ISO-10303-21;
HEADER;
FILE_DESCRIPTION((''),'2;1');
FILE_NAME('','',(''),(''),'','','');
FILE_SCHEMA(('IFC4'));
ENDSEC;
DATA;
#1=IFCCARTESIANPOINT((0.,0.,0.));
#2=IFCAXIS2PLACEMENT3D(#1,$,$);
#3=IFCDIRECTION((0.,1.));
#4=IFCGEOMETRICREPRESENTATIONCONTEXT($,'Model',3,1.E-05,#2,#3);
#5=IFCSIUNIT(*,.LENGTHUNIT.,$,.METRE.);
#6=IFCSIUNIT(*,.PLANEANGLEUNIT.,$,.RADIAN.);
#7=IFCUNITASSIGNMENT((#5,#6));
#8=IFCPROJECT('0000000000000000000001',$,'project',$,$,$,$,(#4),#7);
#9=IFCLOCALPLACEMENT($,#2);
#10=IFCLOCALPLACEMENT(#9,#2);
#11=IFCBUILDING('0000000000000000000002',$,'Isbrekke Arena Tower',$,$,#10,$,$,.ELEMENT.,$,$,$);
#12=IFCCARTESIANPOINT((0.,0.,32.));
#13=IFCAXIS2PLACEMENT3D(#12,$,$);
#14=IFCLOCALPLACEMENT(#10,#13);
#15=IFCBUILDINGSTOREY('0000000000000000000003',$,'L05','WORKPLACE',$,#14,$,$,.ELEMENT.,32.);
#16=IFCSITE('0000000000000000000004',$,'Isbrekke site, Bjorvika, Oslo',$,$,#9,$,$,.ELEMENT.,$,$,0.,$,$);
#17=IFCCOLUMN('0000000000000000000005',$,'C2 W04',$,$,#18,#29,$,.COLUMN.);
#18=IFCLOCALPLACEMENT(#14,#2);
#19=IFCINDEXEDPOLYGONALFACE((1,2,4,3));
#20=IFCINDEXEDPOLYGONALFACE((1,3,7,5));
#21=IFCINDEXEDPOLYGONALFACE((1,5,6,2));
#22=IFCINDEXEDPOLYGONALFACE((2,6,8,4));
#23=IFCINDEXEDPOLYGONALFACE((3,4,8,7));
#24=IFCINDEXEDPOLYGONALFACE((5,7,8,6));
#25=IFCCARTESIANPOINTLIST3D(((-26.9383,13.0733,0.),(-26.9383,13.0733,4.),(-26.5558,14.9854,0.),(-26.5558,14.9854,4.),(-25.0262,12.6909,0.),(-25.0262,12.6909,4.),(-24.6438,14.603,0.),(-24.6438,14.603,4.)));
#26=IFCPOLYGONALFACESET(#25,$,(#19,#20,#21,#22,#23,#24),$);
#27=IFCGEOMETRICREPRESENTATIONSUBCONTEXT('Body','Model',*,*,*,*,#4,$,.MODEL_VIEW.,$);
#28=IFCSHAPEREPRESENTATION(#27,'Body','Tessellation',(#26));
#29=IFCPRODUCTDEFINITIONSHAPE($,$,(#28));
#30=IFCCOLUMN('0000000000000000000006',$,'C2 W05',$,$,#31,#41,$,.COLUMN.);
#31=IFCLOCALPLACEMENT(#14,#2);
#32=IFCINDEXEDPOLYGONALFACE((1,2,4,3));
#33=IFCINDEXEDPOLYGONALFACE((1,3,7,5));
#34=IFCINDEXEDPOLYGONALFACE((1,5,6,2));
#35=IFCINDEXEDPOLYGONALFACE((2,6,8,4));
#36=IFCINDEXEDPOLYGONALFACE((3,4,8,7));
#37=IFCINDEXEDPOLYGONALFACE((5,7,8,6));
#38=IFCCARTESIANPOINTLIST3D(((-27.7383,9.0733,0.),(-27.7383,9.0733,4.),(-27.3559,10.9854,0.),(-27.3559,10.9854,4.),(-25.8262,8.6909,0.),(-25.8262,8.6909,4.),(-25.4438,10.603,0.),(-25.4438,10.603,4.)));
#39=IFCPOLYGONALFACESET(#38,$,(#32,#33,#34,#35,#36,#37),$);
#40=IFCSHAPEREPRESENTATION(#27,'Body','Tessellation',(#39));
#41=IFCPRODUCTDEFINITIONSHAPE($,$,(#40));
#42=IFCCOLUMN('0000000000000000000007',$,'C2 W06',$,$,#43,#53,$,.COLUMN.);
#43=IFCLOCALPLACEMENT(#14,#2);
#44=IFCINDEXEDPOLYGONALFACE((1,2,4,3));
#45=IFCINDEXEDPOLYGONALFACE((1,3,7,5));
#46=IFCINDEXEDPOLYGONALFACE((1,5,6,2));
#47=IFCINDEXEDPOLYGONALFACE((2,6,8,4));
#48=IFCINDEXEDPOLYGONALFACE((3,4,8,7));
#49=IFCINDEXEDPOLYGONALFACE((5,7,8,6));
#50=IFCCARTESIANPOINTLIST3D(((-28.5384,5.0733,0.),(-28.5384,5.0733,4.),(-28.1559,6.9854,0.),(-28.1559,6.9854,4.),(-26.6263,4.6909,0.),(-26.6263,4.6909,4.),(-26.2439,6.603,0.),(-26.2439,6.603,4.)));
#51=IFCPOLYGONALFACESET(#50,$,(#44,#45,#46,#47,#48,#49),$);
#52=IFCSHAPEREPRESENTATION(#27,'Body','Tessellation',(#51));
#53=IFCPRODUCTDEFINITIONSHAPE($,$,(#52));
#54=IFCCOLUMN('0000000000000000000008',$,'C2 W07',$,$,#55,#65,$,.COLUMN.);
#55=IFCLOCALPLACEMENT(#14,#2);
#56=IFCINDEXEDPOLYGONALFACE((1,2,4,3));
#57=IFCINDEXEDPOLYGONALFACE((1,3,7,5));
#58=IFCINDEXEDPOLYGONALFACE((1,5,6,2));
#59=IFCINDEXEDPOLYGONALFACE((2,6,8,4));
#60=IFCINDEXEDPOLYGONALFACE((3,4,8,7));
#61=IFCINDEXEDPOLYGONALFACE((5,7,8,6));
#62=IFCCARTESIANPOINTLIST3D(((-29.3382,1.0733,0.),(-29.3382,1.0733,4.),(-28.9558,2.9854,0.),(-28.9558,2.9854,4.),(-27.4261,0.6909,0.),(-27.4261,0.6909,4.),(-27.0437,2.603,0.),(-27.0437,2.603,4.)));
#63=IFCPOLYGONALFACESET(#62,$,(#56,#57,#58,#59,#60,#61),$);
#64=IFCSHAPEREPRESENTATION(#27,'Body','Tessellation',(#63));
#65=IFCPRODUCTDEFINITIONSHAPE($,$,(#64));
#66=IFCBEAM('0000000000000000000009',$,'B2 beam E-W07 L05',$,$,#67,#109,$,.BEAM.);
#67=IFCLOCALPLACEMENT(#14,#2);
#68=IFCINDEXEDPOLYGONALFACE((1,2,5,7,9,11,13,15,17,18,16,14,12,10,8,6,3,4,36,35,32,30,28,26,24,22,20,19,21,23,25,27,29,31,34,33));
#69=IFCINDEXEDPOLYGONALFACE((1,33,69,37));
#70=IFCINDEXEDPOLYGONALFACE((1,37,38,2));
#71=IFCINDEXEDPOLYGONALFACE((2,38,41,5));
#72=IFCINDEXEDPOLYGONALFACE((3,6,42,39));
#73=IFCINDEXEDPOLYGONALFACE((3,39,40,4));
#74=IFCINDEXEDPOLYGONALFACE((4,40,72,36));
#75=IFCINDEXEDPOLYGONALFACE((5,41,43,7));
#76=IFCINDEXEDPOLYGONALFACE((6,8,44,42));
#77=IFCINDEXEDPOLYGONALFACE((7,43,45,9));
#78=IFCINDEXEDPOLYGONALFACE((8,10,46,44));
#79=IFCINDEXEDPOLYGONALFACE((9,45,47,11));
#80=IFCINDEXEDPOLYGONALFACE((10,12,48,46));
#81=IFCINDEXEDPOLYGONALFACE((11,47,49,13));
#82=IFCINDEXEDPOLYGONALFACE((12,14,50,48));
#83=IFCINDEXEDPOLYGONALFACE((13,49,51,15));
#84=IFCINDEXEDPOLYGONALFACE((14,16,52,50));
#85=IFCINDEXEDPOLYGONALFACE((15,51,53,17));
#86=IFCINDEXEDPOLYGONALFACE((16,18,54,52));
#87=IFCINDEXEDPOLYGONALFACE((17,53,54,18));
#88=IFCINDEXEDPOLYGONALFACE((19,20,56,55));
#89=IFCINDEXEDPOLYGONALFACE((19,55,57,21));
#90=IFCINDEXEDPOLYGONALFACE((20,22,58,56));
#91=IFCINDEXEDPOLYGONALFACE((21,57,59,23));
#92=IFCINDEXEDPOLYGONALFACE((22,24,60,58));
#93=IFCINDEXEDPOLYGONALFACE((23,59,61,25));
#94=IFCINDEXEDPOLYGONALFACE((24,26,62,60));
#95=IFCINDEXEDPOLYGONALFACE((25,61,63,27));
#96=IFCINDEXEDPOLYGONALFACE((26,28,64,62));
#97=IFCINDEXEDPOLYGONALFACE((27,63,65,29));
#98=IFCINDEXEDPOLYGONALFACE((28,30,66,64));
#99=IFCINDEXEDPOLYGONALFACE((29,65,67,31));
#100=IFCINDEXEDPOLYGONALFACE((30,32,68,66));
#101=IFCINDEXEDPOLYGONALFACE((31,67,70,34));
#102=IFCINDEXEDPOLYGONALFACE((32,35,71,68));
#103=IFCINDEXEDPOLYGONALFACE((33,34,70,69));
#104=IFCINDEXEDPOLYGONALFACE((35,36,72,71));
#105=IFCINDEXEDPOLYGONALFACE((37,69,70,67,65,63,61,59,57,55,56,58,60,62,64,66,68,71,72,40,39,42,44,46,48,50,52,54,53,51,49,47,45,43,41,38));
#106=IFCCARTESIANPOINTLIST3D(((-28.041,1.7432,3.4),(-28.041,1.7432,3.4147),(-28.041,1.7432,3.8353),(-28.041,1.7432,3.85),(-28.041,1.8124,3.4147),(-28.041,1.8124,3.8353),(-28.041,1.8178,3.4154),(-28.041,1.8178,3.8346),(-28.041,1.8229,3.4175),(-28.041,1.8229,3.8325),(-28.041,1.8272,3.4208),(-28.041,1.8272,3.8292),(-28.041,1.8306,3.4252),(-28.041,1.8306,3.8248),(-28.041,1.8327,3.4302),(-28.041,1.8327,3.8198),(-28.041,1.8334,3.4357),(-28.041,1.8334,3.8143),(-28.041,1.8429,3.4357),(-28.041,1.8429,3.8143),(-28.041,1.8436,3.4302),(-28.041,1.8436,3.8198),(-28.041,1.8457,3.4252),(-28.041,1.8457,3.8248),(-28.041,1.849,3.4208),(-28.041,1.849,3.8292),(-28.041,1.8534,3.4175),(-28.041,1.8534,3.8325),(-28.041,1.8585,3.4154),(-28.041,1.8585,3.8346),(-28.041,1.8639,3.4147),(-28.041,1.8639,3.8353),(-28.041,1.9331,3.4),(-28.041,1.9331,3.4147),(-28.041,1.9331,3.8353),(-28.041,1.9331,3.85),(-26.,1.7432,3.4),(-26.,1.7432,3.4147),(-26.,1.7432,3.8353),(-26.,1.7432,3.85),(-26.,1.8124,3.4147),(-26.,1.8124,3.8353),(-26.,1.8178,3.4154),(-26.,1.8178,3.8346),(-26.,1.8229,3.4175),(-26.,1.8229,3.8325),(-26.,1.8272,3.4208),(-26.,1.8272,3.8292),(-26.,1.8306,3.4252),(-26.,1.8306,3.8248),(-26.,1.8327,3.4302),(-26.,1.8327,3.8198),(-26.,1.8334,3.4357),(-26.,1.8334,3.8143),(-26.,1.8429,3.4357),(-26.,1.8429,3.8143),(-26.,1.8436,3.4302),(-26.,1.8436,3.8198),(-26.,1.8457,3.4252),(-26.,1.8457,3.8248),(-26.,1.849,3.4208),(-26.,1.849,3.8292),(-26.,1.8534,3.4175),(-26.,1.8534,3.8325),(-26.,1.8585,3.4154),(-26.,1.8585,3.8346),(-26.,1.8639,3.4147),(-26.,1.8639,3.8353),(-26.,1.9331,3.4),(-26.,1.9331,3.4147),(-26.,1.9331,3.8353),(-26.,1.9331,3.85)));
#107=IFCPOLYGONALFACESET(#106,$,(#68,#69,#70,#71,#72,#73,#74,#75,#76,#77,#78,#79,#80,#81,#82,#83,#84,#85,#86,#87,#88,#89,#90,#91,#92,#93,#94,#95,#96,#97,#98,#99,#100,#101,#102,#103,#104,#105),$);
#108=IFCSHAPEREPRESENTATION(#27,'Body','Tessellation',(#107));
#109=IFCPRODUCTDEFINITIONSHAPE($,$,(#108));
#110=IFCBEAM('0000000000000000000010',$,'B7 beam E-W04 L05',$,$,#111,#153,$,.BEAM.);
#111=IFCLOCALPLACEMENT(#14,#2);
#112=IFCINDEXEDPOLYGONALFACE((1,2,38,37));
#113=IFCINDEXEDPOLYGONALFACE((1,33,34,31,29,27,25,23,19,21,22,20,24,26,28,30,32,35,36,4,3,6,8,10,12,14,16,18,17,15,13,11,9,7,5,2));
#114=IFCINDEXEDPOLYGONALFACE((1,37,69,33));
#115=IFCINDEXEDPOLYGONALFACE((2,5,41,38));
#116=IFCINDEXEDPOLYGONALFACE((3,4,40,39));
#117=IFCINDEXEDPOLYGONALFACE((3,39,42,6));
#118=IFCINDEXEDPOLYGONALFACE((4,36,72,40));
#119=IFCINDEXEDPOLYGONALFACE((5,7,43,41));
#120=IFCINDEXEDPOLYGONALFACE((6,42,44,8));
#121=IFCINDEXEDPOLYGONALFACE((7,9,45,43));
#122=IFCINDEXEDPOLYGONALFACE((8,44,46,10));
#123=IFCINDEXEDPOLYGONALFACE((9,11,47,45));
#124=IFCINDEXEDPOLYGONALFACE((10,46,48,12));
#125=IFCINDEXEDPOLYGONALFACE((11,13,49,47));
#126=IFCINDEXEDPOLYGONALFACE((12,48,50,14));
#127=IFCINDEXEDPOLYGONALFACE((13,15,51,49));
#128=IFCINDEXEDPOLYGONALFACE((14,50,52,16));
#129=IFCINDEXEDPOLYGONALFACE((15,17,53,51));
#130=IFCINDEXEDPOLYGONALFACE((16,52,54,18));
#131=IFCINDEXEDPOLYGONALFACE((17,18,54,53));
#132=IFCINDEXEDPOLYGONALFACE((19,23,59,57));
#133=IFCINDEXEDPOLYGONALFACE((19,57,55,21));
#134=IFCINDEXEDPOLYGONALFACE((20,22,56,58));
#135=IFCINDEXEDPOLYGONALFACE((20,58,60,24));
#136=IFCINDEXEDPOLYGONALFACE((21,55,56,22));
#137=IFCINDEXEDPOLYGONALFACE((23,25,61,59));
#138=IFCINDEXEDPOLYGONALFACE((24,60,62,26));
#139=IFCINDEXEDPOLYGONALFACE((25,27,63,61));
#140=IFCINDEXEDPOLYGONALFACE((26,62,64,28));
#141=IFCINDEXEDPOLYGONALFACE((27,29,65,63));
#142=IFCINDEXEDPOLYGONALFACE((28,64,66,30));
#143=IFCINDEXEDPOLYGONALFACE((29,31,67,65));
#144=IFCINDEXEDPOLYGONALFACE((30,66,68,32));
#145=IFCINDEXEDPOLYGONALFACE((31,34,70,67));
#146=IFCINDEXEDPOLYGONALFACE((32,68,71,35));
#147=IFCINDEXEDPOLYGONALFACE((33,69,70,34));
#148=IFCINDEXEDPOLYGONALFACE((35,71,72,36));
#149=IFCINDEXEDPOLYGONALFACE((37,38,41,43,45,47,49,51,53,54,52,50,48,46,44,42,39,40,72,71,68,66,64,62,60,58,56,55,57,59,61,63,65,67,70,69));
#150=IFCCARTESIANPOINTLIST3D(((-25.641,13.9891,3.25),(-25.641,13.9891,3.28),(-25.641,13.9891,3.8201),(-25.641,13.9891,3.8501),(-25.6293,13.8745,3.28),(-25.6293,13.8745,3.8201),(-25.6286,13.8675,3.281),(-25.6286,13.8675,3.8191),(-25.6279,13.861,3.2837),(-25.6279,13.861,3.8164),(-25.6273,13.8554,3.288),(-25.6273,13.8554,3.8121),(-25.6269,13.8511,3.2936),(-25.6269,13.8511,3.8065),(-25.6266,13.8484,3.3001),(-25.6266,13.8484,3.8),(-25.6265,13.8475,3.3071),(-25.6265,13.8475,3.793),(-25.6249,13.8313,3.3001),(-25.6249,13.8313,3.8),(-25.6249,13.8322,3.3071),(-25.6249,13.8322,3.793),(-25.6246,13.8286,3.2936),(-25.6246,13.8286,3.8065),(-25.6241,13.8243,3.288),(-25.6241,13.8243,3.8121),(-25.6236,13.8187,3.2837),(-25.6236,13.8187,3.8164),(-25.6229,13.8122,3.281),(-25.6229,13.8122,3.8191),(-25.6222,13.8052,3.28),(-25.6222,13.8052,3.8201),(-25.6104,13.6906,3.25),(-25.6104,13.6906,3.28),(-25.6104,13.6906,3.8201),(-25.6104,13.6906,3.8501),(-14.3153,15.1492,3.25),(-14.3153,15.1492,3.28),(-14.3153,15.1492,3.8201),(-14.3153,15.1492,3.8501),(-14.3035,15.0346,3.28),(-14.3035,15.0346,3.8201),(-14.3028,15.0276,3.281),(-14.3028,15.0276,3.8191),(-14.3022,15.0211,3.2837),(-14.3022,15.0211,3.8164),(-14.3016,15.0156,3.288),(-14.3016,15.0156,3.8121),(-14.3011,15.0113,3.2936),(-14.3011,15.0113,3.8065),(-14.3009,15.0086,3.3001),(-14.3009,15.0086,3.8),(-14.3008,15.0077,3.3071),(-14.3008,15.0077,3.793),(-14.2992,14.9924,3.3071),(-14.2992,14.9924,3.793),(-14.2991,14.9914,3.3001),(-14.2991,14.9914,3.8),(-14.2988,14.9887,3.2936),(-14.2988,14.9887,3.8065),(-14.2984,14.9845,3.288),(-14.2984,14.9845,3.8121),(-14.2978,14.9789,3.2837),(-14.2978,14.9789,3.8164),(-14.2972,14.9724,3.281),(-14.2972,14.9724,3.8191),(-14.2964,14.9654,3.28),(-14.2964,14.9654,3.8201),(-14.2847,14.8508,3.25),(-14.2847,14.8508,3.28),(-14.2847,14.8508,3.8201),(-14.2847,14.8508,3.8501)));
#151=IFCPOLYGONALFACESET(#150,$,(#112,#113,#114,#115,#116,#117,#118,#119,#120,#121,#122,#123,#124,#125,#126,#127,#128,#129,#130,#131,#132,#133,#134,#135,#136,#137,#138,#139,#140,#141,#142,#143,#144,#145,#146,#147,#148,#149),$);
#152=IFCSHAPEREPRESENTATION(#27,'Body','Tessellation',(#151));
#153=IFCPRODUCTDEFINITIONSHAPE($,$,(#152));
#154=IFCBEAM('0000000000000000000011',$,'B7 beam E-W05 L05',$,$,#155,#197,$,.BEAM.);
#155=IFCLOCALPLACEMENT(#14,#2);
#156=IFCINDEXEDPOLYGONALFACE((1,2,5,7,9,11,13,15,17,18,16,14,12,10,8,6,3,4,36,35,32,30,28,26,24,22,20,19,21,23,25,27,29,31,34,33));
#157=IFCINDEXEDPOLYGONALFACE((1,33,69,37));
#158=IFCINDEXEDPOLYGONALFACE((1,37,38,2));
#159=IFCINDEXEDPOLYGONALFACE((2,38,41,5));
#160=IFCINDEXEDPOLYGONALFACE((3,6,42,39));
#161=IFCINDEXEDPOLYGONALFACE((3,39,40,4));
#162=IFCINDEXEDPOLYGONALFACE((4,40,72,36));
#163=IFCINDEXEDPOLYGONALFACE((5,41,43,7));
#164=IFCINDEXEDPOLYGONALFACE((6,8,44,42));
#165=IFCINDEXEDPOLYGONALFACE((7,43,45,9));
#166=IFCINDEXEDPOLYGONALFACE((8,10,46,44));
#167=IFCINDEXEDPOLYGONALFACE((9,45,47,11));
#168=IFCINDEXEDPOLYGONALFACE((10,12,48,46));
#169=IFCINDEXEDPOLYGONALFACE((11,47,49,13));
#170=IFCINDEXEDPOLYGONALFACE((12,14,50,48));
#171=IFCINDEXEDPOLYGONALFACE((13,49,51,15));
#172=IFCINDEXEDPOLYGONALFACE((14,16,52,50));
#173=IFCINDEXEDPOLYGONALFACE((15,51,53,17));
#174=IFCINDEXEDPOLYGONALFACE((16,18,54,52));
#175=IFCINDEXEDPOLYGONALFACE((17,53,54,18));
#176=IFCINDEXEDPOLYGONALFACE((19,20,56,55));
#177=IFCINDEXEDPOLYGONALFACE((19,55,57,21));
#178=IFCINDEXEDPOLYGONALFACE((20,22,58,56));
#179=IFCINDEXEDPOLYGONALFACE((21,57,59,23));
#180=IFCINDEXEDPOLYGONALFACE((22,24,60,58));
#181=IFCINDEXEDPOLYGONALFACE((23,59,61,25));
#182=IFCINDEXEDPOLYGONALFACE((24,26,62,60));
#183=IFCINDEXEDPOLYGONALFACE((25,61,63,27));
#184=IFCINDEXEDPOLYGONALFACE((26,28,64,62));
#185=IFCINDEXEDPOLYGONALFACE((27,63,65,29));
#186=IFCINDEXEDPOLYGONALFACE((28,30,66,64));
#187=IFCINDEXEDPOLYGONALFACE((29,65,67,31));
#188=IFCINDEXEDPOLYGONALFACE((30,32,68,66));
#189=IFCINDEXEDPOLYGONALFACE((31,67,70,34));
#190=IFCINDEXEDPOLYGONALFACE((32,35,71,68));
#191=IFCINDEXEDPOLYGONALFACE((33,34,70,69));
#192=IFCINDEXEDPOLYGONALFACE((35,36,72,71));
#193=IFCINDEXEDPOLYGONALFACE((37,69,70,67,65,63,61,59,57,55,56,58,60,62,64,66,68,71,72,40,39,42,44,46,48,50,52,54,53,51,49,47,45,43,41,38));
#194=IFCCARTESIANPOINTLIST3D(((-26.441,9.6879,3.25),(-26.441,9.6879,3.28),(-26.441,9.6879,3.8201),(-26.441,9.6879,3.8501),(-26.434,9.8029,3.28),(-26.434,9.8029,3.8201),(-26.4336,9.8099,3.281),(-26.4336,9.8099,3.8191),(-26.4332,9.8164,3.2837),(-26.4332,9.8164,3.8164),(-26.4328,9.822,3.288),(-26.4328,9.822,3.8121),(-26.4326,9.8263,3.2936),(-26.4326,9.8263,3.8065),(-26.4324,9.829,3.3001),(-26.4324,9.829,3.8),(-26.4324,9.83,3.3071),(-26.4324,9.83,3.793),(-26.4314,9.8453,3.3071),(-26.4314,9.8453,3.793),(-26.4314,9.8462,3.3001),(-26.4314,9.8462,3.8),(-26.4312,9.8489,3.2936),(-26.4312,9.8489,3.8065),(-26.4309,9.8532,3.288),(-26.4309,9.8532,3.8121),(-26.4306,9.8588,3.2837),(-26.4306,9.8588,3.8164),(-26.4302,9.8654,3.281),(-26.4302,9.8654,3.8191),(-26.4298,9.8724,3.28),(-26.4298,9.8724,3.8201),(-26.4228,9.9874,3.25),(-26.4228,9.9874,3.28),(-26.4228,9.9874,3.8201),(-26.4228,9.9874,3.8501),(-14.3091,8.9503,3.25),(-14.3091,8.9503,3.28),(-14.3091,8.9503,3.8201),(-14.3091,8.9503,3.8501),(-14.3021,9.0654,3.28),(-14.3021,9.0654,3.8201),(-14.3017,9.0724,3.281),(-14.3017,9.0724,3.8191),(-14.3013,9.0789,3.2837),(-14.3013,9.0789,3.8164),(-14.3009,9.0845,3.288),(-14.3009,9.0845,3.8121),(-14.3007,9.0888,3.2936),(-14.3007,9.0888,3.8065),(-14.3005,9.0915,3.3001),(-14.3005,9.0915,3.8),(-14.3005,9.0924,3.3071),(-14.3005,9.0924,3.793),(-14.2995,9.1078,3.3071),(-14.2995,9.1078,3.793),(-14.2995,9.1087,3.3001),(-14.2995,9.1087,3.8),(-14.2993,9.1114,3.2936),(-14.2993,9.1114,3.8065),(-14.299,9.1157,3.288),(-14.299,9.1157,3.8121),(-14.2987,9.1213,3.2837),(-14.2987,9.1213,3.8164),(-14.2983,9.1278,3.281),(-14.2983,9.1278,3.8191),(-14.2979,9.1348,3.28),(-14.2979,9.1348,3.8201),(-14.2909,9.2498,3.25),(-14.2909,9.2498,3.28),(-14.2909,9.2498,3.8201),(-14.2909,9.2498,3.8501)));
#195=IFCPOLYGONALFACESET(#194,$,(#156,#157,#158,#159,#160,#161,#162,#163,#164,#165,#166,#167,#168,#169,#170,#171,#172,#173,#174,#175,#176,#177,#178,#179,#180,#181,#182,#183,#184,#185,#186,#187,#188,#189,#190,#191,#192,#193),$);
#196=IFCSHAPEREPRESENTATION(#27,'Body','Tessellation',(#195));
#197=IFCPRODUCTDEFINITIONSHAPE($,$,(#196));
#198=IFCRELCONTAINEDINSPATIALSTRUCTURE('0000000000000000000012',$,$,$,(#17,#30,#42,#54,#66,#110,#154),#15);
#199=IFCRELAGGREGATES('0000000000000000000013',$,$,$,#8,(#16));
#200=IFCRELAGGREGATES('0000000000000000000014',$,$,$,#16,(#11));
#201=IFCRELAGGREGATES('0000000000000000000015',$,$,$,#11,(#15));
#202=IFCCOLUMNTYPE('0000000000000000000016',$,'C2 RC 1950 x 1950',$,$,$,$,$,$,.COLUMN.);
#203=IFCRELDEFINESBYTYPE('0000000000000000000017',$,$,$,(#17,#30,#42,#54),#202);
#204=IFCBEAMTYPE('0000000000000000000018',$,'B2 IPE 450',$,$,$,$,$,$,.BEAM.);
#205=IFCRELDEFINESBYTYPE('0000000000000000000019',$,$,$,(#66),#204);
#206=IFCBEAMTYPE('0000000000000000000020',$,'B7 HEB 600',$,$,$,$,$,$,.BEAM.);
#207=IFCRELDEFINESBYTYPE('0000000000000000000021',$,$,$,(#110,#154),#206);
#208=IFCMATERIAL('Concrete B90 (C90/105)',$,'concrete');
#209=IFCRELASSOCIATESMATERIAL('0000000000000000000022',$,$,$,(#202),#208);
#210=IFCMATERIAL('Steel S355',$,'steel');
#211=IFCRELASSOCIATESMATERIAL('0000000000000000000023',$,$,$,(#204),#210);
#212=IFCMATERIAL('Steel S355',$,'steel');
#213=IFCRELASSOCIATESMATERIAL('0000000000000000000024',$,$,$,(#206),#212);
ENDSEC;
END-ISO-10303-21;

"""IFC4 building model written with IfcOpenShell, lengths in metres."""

from ifc_helpers import new_model, si_unit, direction, frame, origin, origin_2d, place, context, subcontext, project, spatial, rectangle, i_section, extrude, material, material_profile, profile_set, type_object, element, save


model = new_model("IFC4")

# Units and contexts
model_context = context("Model", 3, precision=1e-05, world=origin(), true_north=direction((0.0, 1.0)))
body_context = subcontext(model_context, "Body", "Model", "MODEL_VIEW")
ifc_project = project(units=[si_unit("LENGTHUNIT", "METRE"), si_unit("PLANEANGLEUNIT", "RADIAN")], contexts=[model_context])

# Site, building, storey
site_placement = place(None, origin())
site = spatial("IfcSite", under=ifc_project, at=site_placement, Name="Isbrekke site, Bjorvika, Oslo", CompositionType="ELEMENT", RefElevation=0.0)
building_placement = place(site_placement, origin())
building = spatial("IfcBuilding", under=site, at=building_placement, Name="Isbrekke Arena Tower", CompositionType="ELEMENT")
storey_placement = place(building_placement, frame((0.0, 0.0, 32.0)))
storey = spatial("IfcBuildingStorey", under=building, at=storey_placement, Name="L05", Description="WORKPLACE", CompositionType="ELEMENT", Elevation=32.0)

# Columns
ifc_material_1 = material(Name="Concrete B90 (C90/105)", Category="concrete")
ifc_material_profile_1 = material_profile(ifc_material_1, rectangle(XDim=1.95, YDim=1.95, at=origin_2d()), Name="RC 1950x1950")
ifc_profile_set_1 = profile_set([ifc_material_profile_1], Name="Concrete B90 (C90/105)")
column_type = type_object("IfcColumnType", Name="C2 RC 1950 x 1950", PredefinedType="COLUMN", material=ifc_profile_set_1)
for number, where, z_axis, x_axis, name in (
    (1, (-25.791, 13.8381, 0.0), (0.0, 0.0, 1.0), (-0.196116, -0.980581, 0.0), "C2 W04"),
    (2, (-26.5911, 9.8381, 0.0), (0.0, 0.0, 1.0), (-0.196116, -0.980581, 0.0), "C2 W05"),
    (3, (-27.3911, 5.8381, 0.0), (0.0, 0.0, 1.0), (-0.196116, -0.980581, 0.0), "C2 W06"),
    (4, (-28.1909, 1.8381, 0.0), (0.0, 0.0, 1.0), (-0.196116, -0.980581, 0.0), "C2 W07"),
):
    element("IfcColumn", number, at=place(storey_placement, frame(where, z_axis=z_axis, x_axis=x_axis)), inside=storey, type_object=column_type, Name=name, PredefinedType="COLUMN", context=body_context, shape_type="SweptSolid", body=[
        extrude(rectangle(XDim=1.95, YDim=1.95, at=origin_2d()), origin(), (0.0, 0.0, 1.0), 4.0),
    ])

# Beams
ifc_material_2 = material(Name="Steel S355", Category="steel")
ifc_material_profile_2 = material_profile(ifc_material_2, i_section(OverallWidth=0.1899, OverallDepth=0.45, WebThickness=0.0095, FlangeThickness=0.0146, FilletRadius=0.021, at=origin_2d()), Name="IPE 450")
ifc_profile_set_2 = profile_set([ifc_material_profile_2], Name="Steel S355")
beam_type_1 = type_object("IfcBeamType", Name="B2 IPE 450", PredefinedType="BEAM", material=ifc_profile_set_2)
beam_1_placement = place(storey_placement, frame((-28.041, 1.8381, 3.625), z_axis=(1.0, 0.0, 0.0), x_axis=(0.0, 1.0, 0.0)))
element("IfcBeam", 5, at=beam_1_placement, inside=storey, type_object=beam_type_1, Name="B2 beam E-W07 L05", PredefinedType="BEAM", context=body_context, shape_type="SweptSolid", body=[
    extrude(i_section(OverallWidth=0.1899, OverallDepth=0.45, WebThickness=0.0095, FlangeThickness=0.0146, FilletRadius=0.021, at=origin_2d()), origin(), (0.0, 0.0, 1.0), 2.041),
])
ifc_material_3 = material(Name="Steel S355", Category="steel")
ifc_material_profile_3 = material_profile(ifc_material_3, i_section(OverallWidth=0.3, OverallDepth=0.6001, WebThickness=0.0154, FlangeThickness=0.03, FilletRadius=0.0271, at=origin_2d()), Name="HEB 600")
ifc_profile_set_3 = profile_set([ifc_material_profile_3], Name="Steel S355")
beam_type_2 = type_object("IfcBeamType", Name="B7 HEB 600", PredefinedType="BEAM", material=ifc_profile_set_3)
beam_2_placement = place(storey_placement, frame((-25.6257, 13.8398, 3.55), z_axis=(0.994794, 0.101903, 0.0), x_axis=(-0.101903, 0.994794, 0.0)))
element("IfcBeam", 6, at=beam_2_placement, inside=storey, type_object=beam_type_2, Name="B7 beam E-W04 L05", PredefinedType="BEAM", context=body_context, shape_type="SweptSolid", body=[
    extrude(i_section(OverallWidth=0.3, OverallDepth=0.6001, WebThickness=0.0154, FlangeThickness=0.03, FilletRadius=0.0271, at=origin_2d()), origin(), (0.0, 0.0, 1.0), 11.385),
])
beam_3_placement = place(storey_placement, frame((-26.4319, 9.8376, 3.55), z_axis=(0.998157, -0.060682, 0.0), x_axis=(0.060682, 0.998157, 0.0)))
element("IfcBeam", 7, at=beam_3_placement, inside=storey, type_object=beam_type_2, Name="B7 beam E-W05 L05", PredefinedType="BEAM", context=body_context, shape_type="SweptSolid", body=[
    extrude(i_section(OverallWidth=0.3, OverallDepth=0.6001, WebThickness=0.0154, FlangeThickness=0.03, FilletRadius=0.0271, at=origin_2d()), origin(), (0.0, 0.0, 1.0), 12.1543),
])

save(model, "model.ifc")
